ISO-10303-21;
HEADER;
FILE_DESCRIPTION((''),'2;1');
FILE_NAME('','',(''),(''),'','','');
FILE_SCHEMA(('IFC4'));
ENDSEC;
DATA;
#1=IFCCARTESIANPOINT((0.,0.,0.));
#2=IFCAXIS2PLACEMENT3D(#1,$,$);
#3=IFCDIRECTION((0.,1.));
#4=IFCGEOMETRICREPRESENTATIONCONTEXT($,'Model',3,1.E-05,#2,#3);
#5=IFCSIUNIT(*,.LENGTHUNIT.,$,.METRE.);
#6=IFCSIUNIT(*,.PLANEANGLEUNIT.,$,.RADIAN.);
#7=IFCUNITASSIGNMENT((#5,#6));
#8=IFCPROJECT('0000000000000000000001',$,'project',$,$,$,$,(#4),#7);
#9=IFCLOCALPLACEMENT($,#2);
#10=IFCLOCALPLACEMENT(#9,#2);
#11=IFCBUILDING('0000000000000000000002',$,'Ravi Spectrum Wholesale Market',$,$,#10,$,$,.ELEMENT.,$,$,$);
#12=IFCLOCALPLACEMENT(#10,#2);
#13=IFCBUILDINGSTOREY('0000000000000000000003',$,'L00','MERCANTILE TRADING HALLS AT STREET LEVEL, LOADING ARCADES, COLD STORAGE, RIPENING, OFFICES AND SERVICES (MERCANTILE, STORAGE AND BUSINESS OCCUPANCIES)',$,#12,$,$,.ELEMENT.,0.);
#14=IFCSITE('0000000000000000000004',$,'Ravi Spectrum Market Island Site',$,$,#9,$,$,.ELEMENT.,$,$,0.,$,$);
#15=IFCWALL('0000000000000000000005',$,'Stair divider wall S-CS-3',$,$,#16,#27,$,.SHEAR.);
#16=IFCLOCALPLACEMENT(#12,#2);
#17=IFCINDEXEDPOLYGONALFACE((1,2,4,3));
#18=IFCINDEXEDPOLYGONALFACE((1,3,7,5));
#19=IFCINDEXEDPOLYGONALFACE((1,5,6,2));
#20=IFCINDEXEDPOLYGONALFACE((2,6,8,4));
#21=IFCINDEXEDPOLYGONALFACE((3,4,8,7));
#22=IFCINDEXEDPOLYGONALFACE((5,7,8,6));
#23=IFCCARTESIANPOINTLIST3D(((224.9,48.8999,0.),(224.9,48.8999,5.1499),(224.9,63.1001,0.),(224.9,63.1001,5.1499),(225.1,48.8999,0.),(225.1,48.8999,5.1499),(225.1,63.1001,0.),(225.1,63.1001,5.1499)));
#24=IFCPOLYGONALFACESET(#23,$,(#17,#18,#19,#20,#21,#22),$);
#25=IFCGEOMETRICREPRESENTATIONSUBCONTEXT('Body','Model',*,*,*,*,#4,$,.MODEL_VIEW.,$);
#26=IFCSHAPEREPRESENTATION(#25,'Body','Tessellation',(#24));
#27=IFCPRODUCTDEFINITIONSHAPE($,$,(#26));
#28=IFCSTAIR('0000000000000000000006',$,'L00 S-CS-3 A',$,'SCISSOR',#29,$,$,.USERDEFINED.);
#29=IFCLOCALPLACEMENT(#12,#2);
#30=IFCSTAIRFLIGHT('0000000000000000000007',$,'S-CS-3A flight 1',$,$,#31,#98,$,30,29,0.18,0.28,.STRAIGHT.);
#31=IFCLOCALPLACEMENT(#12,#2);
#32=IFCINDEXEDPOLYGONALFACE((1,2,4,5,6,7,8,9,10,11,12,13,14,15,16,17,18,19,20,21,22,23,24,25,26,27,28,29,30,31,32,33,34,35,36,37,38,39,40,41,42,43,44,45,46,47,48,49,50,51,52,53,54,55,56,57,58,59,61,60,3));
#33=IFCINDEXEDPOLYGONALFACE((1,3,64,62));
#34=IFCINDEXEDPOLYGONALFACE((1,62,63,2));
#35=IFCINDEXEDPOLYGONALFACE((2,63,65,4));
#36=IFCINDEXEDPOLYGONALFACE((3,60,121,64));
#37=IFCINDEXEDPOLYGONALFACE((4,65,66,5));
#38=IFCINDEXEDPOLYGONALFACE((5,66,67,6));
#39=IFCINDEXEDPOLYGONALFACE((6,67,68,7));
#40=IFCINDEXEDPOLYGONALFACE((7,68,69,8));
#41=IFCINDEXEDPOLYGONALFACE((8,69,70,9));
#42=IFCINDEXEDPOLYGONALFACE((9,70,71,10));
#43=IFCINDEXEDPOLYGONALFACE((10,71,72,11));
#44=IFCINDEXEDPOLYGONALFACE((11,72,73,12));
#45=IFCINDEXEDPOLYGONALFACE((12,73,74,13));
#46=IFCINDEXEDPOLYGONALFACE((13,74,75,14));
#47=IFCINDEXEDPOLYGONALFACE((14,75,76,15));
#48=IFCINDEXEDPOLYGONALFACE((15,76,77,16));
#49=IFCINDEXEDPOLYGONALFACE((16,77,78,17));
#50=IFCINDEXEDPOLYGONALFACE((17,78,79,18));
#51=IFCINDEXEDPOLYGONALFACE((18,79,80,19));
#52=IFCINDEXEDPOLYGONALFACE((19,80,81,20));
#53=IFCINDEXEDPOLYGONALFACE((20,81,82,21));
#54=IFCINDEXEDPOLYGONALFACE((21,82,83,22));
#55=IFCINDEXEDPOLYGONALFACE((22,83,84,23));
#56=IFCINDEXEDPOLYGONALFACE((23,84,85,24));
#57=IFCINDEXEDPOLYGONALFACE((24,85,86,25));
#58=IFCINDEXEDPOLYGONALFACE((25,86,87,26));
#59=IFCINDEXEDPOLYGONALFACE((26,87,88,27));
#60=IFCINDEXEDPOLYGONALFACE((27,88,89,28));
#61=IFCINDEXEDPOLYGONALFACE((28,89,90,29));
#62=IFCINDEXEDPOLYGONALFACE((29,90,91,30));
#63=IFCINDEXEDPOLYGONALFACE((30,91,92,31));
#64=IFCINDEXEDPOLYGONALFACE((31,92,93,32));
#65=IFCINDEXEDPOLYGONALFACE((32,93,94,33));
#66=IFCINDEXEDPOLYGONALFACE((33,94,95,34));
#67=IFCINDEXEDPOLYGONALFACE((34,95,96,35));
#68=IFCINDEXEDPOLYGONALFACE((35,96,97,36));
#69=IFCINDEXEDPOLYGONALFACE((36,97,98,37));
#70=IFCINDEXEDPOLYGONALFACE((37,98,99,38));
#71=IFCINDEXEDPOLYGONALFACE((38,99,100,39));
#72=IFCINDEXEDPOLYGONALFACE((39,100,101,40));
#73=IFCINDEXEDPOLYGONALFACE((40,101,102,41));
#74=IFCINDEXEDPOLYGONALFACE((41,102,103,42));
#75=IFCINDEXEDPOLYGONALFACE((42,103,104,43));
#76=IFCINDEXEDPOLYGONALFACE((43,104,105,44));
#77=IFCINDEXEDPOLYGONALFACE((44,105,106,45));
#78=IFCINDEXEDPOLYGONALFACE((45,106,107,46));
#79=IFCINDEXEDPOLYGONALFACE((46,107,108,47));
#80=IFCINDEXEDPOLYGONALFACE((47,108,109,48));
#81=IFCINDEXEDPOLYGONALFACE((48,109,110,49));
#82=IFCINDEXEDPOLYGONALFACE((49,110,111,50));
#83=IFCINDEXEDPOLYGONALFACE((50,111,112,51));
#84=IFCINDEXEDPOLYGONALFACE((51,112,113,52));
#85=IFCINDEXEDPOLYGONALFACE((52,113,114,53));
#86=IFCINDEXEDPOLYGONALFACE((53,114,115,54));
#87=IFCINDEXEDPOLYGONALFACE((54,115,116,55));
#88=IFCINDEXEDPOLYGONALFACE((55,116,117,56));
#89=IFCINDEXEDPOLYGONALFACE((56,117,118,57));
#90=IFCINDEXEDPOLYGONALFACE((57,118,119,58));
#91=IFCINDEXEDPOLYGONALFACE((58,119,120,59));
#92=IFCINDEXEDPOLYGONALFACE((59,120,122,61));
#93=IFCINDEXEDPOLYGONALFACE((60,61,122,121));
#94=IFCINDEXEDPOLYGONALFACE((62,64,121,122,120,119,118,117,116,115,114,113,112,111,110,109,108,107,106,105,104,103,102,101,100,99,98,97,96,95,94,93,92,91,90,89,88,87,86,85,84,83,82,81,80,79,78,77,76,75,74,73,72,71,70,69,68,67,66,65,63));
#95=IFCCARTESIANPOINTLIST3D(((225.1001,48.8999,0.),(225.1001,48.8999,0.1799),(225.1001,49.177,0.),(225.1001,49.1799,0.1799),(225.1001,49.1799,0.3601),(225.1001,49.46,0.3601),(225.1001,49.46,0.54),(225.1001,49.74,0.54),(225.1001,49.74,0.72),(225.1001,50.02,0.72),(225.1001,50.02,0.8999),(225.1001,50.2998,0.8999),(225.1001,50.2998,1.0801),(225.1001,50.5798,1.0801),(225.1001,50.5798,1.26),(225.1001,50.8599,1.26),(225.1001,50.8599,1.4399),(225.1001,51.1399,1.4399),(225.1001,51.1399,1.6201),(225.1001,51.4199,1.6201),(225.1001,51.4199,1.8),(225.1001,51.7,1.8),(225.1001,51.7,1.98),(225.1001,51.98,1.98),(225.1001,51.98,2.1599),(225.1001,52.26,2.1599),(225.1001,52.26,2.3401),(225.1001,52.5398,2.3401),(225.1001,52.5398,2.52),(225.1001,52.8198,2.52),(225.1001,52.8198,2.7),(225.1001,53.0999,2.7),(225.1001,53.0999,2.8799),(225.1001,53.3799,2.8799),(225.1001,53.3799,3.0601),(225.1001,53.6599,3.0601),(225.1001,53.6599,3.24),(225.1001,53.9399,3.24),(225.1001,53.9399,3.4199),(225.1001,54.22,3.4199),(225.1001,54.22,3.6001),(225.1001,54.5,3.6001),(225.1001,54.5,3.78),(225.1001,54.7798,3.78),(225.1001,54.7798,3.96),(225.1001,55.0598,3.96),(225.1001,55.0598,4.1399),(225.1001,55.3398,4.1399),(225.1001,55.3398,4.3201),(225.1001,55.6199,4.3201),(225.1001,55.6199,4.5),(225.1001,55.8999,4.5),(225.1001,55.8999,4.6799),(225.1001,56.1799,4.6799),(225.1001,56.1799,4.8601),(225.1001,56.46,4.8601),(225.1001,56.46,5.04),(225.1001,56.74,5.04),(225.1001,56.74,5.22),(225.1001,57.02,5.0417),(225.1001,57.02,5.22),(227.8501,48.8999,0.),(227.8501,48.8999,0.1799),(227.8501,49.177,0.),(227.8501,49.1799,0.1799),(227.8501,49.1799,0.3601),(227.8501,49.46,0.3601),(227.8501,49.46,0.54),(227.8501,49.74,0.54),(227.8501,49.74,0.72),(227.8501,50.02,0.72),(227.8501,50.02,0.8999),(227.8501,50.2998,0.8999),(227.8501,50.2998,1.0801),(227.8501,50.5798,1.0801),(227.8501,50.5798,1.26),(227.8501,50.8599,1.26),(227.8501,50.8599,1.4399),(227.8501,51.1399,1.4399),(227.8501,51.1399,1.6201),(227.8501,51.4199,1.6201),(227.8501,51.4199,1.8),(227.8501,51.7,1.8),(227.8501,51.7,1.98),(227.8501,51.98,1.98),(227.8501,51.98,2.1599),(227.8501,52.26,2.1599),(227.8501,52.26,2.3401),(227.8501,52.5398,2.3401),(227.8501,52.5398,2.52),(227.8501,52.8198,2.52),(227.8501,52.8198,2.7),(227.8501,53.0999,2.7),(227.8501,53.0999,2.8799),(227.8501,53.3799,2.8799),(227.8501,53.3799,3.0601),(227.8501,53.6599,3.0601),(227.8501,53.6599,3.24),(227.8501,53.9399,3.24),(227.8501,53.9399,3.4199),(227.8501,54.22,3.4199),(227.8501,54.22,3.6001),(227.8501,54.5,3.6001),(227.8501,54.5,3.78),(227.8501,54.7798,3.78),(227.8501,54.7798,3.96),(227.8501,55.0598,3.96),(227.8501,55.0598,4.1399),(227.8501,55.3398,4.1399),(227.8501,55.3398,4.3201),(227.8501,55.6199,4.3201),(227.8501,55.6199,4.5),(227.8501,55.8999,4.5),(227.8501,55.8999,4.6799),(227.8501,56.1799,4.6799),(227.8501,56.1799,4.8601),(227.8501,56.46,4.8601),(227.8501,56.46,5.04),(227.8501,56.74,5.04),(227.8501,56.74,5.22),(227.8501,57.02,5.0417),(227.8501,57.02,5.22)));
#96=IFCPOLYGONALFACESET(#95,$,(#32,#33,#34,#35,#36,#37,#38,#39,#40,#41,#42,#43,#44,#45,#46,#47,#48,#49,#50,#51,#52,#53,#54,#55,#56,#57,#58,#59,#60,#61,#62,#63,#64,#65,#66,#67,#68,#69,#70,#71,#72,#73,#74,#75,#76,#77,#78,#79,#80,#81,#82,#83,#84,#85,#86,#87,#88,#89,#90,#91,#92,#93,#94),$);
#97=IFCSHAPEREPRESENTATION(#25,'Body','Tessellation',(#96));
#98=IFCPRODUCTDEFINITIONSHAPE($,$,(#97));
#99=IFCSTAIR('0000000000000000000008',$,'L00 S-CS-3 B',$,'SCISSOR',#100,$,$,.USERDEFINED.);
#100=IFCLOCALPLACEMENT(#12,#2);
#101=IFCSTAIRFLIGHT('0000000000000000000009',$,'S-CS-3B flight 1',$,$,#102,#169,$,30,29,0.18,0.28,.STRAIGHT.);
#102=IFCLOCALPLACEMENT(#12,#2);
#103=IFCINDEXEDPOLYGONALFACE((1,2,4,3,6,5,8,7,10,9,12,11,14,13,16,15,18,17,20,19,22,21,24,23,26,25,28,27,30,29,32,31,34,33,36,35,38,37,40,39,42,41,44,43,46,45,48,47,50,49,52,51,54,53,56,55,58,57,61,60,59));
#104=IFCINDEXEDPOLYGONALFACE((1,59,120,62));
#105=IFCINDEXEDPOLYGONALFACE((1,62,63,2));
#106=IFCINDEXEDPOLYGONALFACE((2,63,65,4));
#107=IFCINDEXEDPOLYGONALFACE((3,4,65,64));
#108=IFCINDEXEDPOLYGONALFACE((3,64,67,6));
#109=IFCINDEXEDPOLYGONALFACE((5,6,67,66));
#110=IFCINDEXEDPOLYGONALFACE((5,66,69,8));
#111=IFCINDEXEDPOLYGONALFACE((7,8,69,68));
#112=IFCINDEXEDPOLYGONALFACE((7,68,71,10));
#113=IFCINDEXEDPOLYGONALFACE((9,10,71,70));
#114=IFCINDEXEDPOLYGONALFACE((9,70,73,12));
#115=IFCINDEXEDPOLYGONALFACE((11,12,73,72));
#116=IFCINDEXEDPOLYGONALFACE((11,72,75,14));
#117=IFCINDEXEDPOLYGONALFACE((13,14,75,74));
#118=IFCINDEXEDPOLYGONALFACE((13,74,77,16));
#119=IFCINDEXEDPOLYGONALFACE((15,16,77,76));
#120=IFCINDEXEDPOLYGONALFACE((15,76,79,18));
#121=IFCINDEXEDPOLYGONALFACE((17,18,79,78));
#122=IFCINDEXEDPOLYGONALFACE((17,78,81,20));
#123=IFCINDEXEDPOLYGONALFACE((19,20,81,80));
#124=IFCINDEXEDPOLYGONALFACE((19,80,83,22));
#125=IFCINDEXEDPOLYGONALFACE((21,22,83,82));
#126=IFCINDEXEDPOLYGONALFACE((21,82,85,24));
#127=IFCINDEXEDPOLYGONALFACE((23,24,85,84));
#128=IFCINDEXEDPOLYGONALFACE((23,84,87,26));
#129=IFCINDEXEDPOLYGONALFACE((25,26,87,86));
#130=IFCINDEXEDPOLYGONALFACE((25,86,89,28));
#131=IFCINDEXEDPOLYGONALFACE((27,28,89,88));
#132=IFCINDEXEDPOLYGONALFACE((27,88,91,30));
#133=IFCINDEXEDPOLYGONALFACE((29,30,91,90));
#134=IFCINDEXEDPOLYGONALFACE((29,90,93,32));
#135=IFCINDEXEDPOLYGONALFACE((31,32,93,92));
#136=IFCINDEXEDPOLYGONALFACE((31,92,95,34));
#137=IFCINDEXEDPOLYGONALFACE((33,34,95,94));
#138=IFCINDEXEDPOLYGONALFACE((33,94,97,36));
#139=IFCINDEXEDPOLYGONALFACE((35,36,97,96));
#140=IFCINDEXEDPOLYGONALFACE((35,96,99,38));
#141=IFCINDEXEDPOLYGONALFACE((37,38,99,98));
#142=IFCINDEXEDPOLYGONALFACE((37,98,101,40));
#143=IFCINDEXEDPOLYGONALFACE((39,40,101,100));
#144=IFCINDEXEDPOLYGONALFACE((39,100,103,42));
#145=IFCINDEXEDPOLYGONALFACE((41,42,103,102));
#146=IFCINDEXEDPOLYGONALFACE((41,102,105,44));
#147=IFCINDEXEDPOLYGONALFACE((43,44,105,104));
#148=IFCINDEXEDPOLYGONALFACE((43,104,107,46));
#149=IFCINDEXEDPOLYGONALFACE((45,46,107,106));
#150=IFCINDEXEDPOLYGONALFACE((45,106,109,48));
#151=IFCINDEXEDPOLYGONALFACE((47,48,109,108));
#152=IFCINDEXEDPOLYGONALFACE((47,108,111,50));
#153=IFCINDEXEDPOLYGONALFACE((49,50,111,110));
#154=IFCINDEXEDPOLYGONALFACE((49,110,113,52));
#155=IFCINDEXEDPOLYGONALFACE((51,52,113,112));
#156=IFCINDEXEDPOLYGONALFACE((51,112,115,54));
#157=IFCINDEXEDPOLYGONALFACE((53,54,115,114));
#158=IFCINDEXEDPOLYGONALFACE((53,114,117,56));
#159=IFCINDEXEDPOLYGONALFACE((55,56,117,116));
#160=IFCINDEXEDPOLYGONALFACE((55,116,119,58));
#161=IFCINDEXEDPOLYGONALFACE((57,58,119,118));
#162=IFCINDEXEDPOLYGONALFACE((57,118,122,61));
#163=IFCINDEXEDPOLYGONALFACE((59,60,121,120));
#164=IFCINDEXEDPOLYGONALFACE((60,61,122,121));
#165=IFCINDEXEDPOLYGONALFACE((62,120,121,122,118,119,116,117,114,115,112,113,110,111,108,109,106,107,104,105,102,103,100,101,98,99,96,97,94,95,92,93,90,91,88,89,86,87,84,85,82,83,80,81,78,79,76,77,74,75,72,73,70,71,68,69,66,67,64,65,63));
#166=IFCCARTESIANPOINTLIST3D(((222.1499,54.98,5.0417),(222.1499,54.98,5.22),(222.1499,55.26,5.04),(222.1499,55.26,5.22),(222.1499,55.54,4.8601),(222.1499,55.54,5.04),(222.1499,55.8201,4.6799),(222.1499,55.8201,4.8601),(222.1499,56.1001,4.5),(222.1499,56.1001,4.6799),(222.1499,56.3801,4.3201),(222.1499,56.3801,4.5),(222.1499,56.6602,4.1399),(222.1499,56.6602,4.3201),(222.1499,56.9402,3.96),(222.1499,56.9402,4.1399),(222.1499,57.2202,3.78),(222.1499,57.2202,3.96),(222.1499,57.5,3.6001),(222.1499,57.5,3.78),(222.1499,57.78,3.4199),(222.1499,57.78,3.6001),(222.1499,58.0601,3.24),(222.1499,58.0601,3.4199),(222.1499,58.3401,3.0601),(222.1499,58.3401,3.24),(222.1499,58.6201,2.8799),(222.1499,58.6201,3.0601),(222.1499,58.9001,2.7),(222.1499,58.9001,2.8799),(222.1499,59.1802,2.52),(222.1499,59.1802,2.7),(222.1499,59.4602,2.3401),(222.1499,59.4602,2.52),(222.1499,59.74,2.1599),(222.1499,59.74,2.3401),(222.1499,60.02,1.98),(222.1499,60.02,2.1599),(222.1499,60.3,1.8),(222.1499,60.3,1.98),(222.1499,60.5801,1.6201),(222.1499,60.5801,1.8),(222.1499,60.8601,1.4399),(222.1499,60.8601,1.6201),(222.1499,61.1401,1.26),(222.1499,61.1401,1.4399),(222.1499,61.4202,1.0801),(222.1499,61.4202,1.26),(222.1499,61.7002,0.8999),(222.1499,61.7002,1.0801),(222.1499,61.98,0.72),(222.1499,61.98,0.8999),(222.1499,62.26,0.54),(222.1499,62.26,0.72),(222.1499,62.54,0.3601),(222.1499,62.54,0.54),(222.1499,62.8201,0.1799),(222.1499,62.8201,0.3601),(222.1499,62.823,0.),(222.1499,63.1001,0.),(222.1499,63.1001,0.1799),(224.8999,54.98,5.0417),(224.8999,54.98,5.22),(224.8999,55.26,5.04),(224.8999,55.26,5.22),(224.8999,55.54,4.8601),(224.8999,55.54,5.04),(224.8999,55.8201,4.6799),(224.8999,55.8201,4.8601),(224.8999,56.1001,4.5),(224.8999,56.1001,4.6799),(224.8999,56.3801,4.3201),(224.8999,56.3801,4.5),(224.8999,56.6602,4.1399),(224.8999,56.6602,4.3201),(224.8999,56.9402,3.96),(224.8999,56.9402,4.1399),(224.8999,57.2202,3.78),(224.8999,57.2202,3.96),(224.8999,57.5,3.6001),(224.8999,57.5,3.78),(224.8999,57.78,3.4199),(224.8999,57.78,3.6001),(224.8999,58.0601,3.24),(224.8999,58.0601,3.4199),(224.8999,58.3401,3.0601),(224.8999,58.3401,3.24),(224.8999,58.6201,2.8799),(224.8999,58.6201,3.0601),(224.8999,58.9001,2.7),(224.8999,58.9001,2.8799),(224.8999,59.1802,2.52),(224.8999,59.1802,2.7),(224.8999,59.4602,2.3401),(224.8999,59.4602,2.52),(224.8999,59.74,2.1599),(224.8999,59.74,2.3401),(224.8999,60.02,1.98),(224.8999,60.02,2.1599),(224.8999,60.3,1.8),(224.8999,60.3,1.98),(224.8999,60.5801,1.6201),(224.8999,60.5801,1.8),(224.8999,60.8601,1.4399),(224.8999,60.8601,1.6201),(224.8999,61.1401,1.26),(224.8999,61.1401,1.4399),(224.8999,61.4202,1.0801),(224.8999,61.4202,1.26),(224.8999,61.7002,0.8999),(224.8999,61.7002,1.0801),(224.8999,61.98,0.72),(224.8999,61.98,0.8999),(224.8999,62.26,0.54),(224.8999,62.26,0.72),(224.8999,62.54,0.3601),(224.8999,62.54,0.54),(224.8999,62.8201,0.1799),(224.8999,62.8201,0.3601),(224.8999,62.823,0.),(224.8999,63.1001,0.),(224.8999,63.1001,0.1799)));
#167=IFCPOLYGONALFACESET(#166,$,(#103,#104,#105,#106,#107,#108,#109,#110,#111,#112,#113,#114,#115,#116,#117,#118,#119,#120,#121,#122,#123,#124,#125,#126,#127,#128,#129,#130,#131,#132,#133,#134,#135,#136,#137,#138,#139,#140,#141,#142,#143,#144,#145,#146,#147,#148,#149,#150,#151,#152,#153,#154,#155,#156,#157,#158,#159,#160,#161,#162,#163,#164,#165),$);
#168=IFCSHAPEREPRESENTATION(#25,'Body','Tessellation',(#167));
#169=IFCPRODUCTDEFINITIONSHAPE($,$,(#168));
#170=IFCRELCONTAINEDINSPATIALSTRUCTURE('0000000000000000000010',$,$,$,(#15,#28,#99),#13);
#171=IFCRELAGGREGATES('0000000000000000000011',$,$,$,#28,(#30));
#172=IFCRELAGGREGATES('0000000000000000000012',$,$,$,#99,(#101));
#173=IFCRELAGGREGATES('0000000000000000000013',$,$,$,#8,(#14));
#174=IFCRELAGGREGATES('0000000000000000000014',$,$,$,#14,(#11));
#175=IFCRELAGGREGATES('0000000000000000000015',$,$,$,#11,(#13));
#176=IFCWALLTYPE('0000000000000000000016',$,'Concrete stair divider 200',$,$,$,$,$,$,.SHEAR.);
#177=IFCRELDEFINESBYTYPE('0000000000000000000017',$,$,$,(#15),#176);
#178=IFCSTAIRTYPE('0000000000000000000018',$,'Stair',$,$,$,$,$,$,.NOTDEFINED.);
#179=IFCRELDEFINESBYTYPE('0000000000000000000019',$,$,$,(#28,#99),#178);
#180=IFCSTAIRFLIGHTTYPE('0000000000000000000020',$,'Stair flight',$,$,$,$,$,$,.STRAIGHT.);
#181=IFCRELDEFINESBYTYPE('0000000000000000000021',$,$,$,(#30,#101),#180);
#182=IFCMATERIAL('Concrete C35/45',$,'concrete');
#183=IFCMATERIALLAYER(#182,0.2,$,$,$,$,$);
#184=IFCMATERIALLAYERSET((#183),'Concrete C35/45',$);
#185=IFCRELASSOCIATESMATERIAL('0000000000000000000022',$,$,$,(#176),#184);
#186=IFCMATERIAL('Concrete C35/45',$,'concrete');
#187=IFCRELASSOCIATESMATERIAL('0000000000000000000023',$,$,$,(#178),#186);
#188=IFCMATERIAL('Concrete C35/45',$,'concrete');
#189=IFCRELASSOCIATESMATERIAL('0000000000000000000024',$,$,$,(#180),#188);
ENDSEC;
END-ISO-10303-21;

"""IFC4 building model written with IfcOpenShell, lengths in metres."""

from ifc_helpers import new_model, si_unit, direction, frame, frame_2d, origin, place, context, subcontext, project, spatial, polyline, rectangle, outline, extrude, material, layer, layer_set, type_object, element, aggregate, save


model = new_model("IFC4")

# Units and contexts
model_context = context("Model", 3, precision=1e-05, world=origin(), true_north=direction((0.0, 1.0)))
body_context = subcontext(model_context, "Body", "Model", "MODEL_VIEW")
ifc_project = project(units=[si_unit("LENGTHUNIT", "METRE"), si_unit("PLANEANGLEUNIT", "RADIAN")], contexts=[model_context])

# Site, building, storey
site_placement = place(None, origin())
site = spatial("IfcSite", under=ifc_project, at=site_placement, Name="Ravi Spectrum Market Island Site", CompositionType="ELEMENT", RefElevation=0.0)
building_placement = place(site_placement, origin())
building = spatial("IfcBuilding", under=site, at=building_placement, Name="Ravi Spectrum Wholesale Market", CompositionType="ELEMENT")
storey_placement = place(building_placement, origin())
storey = spatial("IfcBuildingStorey", under=building, at=storey_placement, Name="L00", Description="MERCANTILE TRADING HALLS AT STREET LEVEL, LOADING ARCADES, COLD STORAGE, RIPENING, OFFICES AND SERVICES (MERCANTILE, STORAGE AND BUSINESS OCCUPANCIES)", CompositionType="ELEMENT", Elevation=0.0)

# Wall
ifc_material_1 = material(Name="Concrete C35/45", Category="concrete")
ifc_layer_1 = layer(ifc_material_1, 0.2)
ifc_layer_set_1 = layer_set([ifc_layer_1], Name="Concrete C35/45")
wall_type_1 = type_object("IfcWallType", Name="Concrete stair divider 200", PredefinedType="SHEAR", material=ifc_layer_set_1)
wall_1_placement = place(storey_placement, frame((225.0, 48.8999, 0.0), z_axis=(0.0, 0.0, 1.0), x_axis=(0.0, 1.0, 0.0)))
element("IfcWall", 1, at=wall_1_placement, inside=storey, type_object=wall_type_1, Name="Stair divider wall S-CS-3", PredefinedType="SHEAR", context=body_context, shape_type="SweptSolid", body=[
    extrude(rectangle(XDim=14.2002, YDim=0.2, at=frame_2d((7.1001, 0.0))), origin(), (0.0, 0.0, 1.0), 5.1499),
])

# Stairs, stair flights
ifc_material_2 = material(Name="Concrete C35/45", Category="concrete")
stair_type = type_object("IfcStairType", Name="Stair", PredefinedType="NOTDEFINED", material=ifc_material_2)
stair_1_placement = place(storey_placement, origin())
stair_1 = element("IfcStair", 2, at=stair_1_placement, inside=storey, type_object=stair_type, Name="L00 S-CS-3 A", ObjectType="SCISSOR", PredefinedType="USERDEFINED")
ifc_material_3 = material(Name="Concrete C35/45", Category="concrete")
stair_flight_type = type_object("IfcStairFlightType", Name="Stair flight", PredefinedType="STRAIGHT", material=ifc_material_3)
stair_flight_1_placement = place(storey_placement, frame((226.4751, 48.8999, 0.0), z_axis=(0.0, 0.0, 1.0), x_axis=(0.0, 1.0, 0.0)))
stair_flight_1 = element("IfcStairFlight", 3, at=stair_flight_1_placement, type_object=stair_flight_type, Name="S-CS-3A flight 1", NumberOfRisers=30, NumberOfTreads=29, PredefinedType="STRAIGHT", RiserHeight=0.18, TreadLength=0.28, context=body_context, shape_type="SweptSolid", body=[
    extrude(outline(polyline([(0.0, 0.0), (0.0, 0.1799), (0.28, 0.1799), (0.28, 0.3601), (0.5601, 0.3601), (0.5601, 0.54), (0.8401, 0.54), (0.8401, 0.72), (1.1201, 0.72), (1.1201, 0.8999), (1.3999, 0.8999), (1.3999, 1.0801), (1.6799, 1.0801), (1.6799, 1.26), (1.96, 1.26), (1.96, 1.4399), (2.24, 1.4399), (2.24, 1.6201), (2.52, 1.6201), (2.52, 1.8), (2.8, 1.8), (2.8, 1.98), (3.0801, 1.98), (3.0801, 2.1599), (3.3601, 2.1599), (3.3601, 2.3401), (3.6399, 2.3401), (3.6399, 2.52), (3.9199, 2.52), (3.9199, 2.7), (4.2, 2.7), (4.2, 2.8799), (4.48, 2.8799), (4.48, 3.0601), (4.76, 3.0601), (4.76, 3.24), (5.04, 3.24), (5.04, 3.4199), (5.3201, 3.4199), (5.3201, 3.6001), (5.6001, 3.6001), (5.6001, 3.78), (5.8799, 3.78), (5.8799, 3.96), (6.1599, 3.96), (6.1599, 4.1399), (6.4399, 4.1399), (6.4399, 4.3201), (6.72, 4.3201), (6.72, 4.5), (7.0, 4.5), (7.0, 4.6799), (7.28, 4.6799), (7.28, 4.8601), (7.5601, 4.8601), (7.5601, 5.04), (7.8401, 5.04), (7.8401, 5.22), (8.1201, 5.22), (8.1201, 5.3999), (8.1201, 5.0417), (0.2771, 0.0), (0.0, 0.0)])), frame((0.0, 1.375, 0.0), z_axis=(0.0, -1.0, 0.0), x_axis=(1.0, 0.0, 0.0)), (0.0, 0.0, 1.0), 2.75),
])
aggregate(stair_1, [stair_flight_1])
stair_2_placement = place(storey_placement, origin())
stair_2 = element("IfcStair", 4, at=stair_2_placement, inside=storey, type_object=stair_type, Name="L00 S-CS-3 B", ObjectType="SCISSOR", PredefinedType="USERDEFINED")
stair_flight_2_placement = place(storey_placement, frame((223.5249, 63.1001, 0.0), z_axis=(0.0, 0.0, 1.0), x_axis=(0.0, -1.0, 0.0)))
stair_flight_2 = element("IfcStairFlight", 5, at=stair_flight_2_placement, type_object=stair_flight_type, Name="S-CS-3B flight 1", NumberOfRisers=30, NumberOfTreads=29, PredefinedType="STRAIGHT", RiserHeight=0.18, TreadLength=0.28, context=body_context, shape_type="SweptSolid", body=[
    extrude(outline(polyline([(0.0, 0.0), (0.0, 0.1799), (0.28, 0.1799), (0.28, 0.3601), (0.5601, 0.3601), (0.5601, 0.54), (0.8401, 0.54), (0.8401, 0.72), (1.1201, 0.72), (1.1201, 0.8999), (1.3999, 0.8999), (1.3999, 1.0801), (1.6799, 1.0801), (1.6799, 1.26), (1.96, 1.26), (1.96, 1.4399), (2.24, 1.4399), (2.24, 1.6201), (2.52, 1.6201), (2.52, 1.8), (2.8, 1.8), (2.8, 1.98), (3.0801, 1.98), (3.0801, 2.1599), (3.3601, 2.1599), (3.3601, 2.3401), (3.6399, 2.3401), (3.6399, 2.52), (3.9199, 2.52), (3.9199, 2.7), (4.2, 2.7), (4.2, 2.8799), (4.48, 2.8799), (4.48, 3.0601), (4.76, 3.0601), (4.76, 3.24), (5.04, 3.24), (5.04, 3.4199), (5.3201, 3.4199), (5.3201, 3.6001), (5.6001, 3.6001), (5.6001, 3.78), (5.8799, 3.78), (5.8799, 3.96), (6.1599, 3.96), (6.1599, 4.1399), (6.4399, 4.1399), (6.4399, 4.3201), (6.72, 4.3201), (6.72, 4.5), (7.0, 4.5), (7.0, 4.6799), (7.28, 4.6799), (7.28, 4.8601), (7.5601, 4.8601), (7.5601, 5.04), (7.8401, 5.04), (7.8401, 5.22), (8.1201, 5.22), (8.1201, 5.3999), (8.1201, 5.0417), (0.2771, 0.0), (0.0, 0.0)])), frame((0.0, 1.375, 0.0), z_axis=(0.0, -1.0, 0.0), x_axis=(1.0, 0.0, 0.0)), (0.0, 0.0, 1.0), 2.75),
])
aggregate(stair_2, [stair_flight_2])

save(model, "model.ifc")
